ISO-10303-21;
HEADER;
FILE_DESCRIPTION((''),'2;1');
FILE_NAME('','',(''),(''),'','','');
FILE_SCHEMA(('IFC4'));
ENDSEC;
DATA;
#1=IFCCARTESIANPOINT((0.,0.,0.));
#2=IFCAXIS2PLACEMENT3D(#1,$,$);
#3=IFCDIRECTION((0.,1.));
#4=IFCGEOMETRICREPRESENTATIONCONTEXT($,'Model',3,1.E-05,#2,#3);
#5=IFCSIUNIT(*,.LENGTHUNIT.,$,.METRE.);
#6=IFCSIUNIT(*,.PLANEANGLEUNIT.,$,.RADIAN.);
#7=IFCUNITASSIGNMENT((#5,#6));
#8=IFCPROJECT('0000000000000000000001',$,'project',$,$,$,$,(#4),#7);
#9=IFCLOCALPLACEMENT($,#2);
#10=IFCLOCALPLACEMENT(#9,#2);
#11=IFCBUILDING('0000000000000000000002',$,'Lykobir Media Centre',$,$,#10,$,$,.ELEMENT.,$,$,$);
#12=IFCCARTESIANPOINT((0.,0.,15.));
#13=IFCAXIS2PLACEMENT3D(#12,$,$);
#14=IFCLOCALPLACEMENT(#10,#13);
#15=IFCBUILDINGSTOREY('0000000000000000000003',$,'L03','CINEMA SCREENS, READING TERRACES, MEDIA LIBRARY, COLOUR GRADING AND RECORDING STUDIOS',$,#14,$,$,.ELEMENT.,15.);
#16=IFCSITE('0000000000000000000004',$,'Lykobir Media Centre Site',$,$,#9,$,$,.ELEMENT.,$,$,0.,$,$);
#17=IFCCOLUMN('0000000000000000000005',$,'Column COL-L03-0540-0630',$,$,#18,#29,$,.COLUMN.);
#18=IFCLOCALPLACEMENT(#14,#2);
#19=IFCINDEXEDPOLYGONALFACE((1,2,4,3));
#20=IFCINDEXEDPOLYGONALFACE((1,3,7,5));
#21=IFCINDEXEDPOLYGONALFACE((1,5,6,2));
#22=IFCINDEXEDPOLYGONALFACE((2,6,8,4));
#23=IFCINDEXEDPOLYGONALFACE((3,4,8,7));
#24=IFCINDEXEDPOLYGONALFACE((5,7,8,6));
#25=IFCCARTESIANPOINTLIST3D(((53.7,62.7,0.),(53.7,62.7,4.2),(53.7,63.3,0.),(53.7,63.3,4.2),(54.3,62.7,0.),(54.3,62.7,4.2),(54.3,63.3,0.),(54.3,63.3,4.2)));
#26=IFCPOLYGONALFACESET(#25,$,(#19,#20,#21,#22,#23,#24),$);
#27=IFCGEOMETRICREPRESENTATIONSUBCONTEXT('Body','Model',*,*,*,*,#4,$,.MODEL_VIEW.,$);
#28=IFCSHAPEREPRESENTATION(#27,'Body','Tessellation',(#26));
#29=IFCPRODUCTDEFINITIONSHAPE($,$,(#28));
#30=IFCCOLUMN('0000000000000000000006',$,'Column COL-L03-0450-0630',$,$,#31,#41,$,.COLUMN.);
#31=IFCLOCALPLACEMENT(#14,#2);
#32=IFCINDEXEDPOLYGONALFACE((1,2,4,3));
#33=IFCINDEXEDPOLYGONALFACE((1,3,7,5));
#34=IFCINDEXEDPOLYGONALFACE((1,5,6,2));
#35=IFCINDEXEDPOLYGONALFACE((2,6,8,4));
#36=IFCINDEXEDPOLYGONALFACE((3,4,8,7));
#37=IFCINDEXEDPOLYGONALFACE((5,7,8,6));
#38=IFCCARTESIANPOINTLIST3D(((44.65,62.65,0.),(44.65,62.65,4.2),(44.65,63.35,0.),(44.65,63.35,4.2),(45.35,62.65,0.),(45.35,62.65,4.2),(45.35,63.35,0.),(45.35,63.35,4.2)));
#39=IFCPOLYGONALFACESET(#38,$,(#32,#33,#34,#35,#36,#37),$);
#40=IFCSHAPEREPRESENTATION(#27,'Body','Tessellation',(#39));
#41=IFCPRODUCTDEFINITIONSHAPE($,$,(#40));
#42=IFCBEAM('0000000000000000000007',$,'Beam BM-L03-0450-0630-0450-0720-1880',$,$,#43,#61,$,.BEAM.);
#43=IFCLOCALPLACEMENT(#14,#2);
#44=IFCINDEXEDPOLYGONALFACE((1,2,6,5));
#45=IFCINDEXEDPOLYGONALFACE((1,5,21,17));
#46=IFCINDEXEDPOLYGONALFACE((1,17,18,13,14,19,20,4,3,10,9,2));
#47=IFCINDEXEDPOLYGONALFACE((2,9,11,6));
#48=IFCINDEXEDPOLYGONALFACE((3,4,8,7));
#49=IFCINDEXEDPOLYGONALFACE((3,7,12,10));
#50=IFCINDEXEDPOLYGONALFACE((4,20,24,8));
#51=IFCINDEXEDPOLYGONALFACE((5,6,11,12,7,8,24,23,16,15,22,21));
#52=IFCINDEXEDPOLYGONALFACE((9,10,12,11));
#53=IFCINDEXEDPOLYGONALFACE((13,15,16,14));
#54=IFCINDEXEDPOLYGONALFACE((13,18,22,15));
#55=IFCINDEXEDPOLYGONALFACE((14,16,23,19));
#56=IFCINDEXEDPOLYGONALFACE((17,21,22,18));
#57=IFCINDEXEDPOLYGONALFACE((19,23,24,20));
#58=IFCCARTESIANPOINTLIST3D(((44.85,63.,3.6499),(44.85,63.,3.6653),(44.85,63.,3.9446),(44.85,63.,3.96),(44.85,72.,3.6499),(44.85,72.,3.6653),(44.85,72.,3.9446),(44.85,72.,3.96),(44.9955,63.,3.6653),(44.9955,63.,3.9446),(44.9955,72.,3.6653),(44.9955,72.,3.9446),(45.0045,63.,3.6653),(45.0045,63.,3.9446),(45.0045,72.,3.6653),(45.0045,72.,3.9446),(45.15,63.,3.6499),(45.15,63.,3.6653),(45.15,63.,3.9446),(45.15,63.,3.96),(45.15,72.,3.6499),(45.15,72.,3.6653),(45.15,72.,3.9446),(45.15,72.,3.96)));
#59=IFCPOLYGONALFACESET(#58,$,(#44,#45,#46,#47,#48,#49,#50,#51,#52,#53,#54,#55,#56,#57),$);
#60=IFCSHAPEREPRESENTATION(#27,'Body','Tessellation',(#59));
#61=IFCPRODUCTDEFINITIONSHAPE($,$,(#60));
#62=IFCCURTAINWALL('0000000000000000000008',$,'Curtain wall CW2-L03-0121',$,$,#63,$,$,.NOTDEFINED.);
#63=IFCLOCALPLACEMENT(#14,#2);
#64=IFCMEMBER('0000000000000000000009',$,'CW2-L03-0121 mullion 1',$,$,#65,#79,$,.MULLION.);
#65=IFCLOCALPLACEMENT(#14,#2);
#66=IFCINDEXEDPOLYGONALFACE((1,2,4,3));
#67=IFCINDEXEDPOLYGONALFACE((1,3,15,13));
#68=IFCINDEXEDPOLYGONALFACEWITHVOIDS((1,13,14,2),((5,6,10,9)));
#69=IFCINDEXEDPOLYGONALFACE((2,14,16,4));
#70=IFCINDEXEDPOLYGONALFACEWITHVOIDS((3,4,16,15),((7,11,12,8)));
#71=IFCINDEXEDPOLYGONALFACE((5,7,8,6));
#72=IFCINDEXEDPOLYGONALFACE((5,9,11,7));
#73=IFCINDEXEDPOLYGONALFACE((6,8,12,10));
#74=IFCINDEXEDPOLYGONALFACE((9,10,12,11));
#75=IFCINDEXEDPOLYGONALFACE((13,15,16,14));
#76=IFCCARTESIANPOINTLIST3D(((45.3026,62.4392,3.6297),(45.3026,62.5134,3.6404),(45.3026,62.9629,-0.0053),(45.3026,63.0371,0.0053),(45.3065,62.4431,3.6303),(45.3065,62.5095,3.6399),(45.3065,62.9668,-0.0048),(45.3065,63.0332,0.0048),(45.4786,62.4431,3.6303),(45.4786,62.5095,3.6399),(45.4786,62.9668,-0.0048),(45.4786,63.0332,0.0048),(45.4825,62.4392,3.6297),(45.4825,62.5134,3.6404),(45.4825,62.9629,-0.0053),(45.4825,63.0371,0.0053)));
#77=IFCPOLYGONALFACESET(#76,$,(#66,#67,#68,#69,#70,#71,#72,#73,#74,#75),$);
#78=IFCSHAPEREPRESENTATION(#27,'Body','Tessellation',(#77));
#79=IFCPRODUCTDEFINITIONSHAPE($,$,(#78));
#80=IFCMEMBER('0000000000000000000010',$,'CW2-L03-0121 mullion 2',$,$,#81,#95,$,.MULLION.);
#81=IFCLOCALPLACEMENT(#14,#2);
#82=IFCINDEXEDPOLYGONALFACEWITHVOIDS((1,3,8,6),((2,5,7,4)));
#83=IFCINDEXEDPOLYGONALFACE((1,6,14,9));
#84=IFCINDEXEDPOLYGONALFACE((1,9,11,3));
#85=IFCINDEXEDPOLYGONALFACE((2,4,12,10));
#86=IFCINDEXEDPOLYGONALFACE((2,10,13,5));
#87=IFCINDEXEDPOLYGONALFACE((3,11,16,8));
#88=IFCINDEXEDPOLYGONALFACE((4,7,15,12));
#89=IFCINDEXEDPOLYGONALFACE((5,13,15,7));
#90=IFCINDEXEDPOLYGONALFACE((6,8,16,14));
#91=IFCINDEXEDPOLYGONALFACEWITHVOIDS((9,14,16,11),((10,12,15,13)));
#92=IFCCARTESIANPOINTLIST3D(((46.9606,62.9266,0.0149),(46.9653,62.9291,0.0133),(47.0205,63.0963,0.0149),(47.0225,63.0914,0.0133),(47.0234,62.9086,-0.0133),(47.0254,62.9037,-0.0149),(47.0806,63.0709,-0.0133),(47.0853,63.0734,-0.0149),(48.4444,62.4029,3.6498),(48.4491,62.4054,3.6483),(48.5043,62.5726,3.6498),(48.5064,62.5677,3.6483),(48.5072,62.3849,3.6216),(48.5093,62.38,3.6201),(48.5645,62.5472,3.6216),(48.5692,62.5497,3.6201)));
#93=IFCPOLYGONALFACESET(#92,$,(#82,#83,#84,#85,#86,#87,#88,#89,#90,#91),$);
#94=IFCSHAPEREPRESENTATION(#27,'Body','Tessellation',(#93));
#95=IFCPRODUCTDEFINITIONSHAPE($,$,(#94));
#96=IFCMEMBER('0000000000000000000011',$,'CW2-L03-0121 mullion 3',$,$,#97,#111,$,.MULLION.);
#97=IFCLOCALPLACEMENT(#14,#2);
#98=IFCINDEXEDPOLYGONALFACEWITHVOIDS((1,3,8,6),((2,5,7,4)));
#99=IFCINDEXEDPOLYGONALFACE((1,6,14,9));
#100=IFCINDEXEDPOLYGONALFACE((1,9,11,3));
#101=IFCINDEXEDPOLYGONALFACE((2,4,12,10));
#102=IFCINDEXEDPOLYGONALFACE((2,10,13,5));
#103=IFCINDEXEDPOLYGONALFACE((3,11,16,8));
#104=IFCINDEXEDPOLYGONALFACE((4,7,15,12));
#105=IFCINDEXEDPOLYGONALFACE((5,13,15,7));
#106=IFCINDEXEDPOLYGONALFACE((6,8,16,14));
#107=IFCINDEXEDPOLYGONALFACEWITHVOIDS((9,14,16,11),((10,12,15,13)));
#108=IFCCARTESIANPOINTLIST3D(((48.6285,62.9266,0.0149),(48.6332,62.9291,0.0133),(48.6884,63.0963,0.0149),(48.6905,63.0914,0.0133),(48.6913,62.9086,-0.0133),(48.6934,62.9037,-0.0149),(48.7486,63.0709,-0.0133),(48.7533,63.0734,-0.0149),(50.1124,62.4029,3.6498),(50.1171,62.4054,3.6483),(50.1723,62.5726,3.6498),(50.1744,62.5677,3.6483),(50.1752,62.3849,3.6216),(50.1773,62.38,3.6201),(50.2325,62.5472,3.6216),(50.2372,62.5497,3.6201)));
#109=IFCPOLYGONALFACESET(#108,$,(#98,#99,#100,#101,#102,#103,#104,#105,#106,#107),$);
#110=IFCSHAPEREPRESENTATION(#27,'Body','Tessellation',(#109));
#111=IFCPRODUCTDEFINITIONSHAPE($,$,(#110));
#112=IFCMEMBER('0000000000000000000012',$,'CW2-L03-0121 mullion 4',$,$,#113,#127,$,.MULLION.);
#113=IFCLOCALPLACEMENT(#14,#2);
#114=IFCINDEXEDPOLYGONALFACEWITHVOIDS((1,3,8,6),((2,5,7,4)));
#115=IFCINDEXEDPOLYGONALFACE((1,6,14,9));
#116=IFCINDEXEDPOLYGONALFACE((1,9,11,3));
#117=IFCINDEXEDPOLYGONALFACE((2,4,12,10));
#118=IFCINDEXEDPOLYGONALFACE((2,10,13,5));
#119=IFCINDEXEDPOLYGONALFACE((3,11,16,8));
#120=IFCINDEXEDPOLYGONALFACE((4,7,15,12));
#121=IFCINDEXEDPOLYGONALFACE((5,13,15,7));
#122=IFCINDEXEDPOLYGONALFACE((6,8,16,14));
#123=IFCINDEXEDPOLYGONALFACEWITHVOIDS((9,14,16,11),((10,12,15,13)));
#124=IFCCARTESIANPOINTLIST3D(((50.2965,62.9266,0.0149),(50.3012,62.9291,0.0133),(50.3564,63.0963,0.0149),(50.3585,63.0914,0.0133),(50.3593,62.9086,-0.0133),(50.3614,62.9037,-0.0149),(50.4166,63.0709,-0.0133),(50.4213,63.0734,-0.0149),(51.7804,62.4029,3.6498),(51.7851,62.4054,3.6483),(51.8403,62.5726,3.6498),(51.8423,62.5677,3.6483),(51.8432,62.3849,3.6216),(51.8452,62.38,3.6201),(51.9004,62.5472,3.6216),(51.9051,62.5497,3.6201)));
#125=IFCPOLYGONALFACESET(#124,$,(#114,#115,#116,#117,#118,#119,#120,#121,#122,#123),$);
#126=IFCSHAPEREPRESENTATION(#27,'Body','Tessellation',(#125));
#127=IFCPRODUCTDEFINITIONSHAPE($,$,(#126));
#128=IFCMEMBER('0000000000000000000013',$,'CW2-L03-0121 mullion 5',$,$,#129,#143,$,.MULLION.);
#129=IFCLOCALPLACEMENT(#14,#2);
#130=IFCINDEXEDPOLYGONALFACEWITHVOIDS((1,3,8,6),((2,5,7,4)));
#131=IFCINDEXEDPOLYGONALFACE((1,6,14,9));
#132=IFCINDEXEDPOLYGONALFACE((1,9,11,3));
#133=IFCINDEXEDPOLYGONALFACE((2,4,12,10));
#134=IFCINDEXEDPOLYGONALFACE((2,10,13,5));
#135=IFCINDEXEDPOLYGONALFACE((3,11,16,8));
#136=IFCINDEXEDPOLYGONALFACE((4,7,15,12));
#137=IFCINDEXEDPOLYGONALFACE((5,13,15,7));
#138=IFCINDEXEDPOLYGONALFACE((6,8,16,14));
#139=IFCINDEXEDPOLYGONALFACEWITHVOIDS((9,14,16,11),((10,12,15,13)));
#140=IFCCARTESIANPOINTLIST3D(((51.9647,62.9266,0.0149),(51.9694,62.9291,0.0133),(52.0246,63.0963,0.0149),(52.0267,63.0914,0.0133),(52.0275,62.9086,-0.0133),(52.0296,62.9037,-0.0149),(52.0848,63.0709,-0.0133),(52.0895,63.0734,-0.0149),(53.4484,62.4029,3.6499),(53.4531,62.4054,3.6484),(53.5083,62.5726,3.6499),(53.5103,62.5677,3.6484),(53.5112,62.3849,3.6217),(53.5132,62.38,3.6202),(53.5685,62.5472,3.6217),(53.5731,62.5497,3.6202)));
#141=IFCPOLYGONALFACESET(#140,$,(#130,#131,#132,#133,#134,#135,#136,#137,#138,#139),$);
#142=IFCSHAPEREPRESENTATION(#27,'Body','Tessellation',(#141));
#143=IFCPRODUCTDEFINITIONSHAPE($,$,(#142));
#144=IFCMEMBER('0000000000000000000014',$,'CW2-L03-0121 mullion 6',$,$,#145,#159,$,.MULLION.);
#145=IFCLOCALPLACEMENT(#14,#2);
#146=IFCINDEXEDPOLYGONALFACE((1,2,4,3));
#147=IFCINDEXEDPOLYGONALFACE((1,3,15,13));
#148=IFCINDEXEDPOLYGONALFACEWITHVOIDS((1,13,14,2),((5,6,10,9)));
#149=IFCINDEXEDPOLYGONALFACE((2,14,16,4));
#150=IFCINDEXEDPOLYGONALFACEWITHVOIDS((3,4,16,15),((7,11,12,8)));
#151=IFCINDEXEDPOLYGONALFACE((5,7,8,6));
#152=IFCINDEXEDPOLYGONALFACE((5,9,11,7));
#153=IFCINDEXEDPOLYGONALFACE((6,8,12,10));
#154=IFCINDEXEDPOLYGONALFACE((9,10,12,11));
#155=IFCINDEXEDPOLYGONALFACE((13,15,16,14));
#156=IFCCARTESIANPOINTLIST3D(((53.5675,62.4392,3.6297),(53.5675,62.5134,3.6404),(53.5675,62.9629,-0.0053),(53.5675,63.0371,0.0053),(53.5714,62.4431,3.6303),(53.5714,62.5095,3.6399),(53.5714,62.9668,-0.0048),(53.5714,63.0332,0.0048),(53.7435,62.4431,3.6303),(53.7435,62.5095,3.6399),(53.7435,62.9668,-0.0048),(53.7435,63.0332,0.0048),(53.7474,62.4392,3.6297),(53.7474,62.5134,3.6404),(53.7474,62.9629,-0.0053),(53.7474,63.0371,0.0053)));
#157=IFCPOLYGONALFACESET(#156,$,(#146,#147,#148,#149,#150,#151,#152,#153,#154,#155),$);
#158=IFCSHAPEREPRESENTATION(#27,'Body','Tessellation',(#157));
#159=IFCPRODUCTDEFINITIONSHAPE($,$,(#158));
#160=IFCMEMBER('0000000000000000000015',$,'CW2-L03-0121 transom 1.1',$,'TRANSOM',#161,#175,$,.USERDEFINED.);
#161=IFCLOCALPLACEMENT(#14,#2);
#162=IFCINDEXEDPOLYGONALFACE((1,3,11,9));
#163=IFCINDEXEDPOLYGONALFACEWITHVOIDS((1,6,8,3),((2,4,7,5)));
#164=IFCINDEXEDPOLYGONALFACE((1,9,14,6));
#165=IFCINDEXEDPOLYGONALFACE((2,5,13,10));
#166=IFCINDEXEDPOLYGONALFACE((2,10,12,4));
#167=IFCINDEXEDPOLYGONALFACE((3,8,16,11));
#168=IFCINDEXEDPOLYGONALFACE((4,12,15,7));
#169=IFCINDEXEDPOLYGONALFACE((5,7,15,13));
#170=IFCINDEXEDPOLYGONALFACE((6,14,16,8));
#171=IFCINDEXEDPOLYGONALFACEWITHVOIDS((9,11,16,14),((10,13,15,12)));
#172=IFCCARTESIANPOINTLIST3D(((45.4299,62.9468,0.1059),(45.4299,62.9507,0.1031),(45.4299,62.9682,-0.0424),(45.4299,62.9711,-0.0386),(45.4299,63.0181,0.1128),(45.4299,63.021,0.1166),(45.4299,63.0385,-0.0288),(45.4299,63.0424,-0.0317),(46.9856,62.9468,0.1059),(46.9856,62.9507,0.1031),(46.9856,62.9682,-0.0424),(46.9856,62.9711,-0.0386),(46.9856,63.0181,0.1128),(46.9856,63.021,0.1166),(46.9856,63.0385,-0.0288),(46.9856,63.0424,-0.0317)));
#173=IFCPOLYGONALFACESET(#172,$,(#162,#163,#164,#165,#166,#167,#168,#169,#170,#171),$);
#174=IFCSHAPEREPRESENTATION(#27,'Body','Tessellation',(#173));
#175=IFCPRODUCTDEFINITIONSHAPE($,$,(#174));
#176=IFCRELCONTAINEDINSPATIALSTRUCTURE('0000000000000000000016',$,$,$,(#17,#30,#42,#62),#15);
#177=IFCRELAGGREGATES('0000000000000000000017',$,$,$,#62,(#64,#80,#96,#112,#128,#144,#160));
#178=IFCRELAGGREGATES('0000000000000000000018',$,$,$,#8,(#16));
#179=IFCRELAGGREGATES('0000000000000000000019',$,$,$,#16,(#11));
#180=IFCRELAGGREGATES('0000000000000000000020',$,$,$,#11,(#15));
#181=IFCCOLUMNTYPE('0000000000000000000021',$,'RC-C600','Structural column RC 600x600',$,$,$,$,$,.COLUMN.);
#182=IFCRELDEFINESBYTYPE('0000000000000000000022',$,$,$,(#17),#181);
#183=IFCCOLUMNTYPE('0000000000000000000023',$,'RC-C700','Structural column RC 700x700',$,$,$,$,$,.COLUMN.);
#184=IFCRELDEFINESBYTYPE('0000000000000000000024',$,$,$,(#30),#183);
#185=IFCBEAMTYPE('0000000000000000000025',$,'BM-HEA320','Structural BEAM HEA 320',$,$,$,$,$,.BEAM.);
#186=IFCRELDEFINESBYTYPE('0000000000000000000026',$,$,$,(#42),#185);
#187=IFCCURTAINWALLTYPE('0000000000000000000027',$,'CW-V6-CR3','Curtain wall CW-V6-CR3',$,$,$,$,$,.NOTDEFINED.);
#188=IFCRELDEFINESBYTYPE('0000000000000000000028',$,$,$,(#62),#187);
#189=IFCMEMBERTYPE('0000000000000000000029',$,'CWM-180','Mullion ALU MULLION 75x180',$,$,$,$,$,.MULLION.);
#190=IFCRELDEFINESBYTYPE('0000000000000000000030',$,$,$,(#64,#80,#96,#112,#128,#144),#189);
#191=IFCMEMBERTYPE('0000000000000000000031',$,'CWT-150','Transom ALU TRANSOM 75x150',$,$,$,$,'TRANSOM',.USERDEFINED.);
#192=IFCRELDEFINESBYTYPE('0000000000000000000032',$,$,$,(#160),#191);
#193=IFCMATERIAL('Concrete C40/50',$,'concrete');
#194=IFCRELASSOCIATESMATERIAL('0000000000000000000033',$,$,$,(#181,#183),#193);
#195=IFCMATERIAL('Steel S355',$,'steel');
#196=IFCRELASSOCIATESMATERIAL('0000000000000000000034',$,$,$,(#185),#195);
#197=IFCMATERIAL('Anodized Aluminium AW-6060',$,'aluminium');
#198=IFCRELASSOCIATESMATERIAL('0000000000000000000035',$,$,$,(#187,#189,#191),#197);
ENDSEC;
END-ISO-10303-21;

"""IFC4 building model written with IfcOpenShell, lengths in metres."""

from ifc_helpers import new_model, si_unit, direction, frame, origin, origin_2d, place, context, subcontext, project, spatial, rectangle, hollow_rectangle, i_section, extrude, material, material_profile, profile_set, type_object, element, aggregate, save


model = new_model("IFC4")

# Units and contexts
model_context = context("Model", 3, precision=1e-05, world=origin(), true_north=direction((0.0, 1.0)))
body_context = subcontext(model_context, "Body", "Model", "MODEL_VIEW")
ifc_project = project(units=[si_unit("LENGTHUNIT", "METRE"), si_unit("PLANEANGLEUNIT", "RADIAN")], contexts=[model_context])

# Site, building, storey
site_placement = place(None, origin())
site = spatial("IfcSite", under=ifc_project, at=site_placement, Name="Lykobir Media Centre Site", CompositionType="ELEMENT", RefElevation=0.0)
building_placement = place(site_placement, origin())
building = spatial("IfcBuilding", under=site, at=building_placement, Name="Lykobir Media Centre", CompositionType="ELEMENT")
storey_placement = place(building_placement, frame((0.0, 0.0, 15.0)))
storey = spatial("IfcBuildingStorey", under=building, at=storey_placement, Name="L03", Description="CINEMA SCREENS, READING TERRACES, MEDIA LIBRARY, COLOUR GRADING AND RECORDING STUDIOS", CompositionType="ELEMENT", Elevation=15.0)

# Columns
ifc_material_1 = material(Name="Concrete C40/50", Category="concrete")
ifc_material_profile_1 = material_profile(ifc_material_1, rectangle(XDim=0.6001, YDim=0.6001, at=origin_2d()), Name="RC 600x600")
ifc_profile_set_1 = profile_set([ifc_material_profile_1], Name="Concrete C40/50")
column_type_1 = type_object("IfcColumnType", Name="RC-C600", Description="Structural column RC 600x600", PredefinedType="COLUMN", material=ifc_profile_set_1)
column_1_placement = place(storey_placement, frame((54.0, 63.0, 0.0), z_axis=(0.0, 0.0, 1.0), x_axis=(1.0, 0.0, 0.0)))
element("IfcColumn", 1, at=column_1_placement, inside=storey, type_object=column_type_1, Name="Column COL-L03-0540-0630", PredefinedType="COLUMN", context=body_context, shape_type="SweptSolid", body=[
    extrude(rectangle(XDim=0.6001, YDim=0.6001, at=origin_2d()), origin(), (0.0, 0.0, 1.0), 4.2),
])
ifc_material_profile_2 = material_profile(ifc_material_1, rectangle(XDim=0.7, YDim=0.7, at=origin_2d()), Name="RC 700x700")
ifc_profile_set_2 = profile_set([ifc_material_profile_2], Name="Concrete C40/50")
column_type_2 = type_object("IfcColumnType", Name="RC-C700", Description="Structural column RC 700x700", PredefinedType="COLUMN", material=ifc_profile_set_2)
column_2_placement = place(storey_placement, frame((45.0, 63.0, 0.0), z_axis=(0.0, 0.0, 1.0), x_axis=(1.0, 0.0, 0.0)))
element("IfcColumn", 2, at=column_2_placement, inside=storey, type_object=column_type_2, Name="Column COL-L03-0450-0630", PredefinedType="COLUMN", context=body_context, shape_type="SweptSolid", body=[
    extrude(rectangle(XDim=0.7, YDim=0.7, at=origin_2d()), origin(), (0.0, 0.0, 1.0), 4.2),
])

# Beam
ifc_material_2 = material(Name="Steel S355", Category="steel")
ifc_material_profile_3 = material_profile(ifc_material_2, i_section(OverallWidth=0.3, OverallDepth=0.3101, WebThickness=0.009, FlangeThickness=0.0154, at=origin_2d()), Name="HEA 320")
ifc_profile_set_3 = profile_set([ifc_material_profile_3], Name="Steel S355")
beam_type_1 = type_object("IfcBeamType", Name="BM-HEA320", Description="Structural BEAM HEA 320", PredefinedType="BEAM", material=ifc_profile_set_3)
beam_1_placement = place(storey_placement, frame((45.0, 63.0, 3.8049), z_axis=(0.0, 1.0, 0.0), x_axis=(-1.0, 0.0, 0.0)))
element("IfcBeam", 3, at=beam_1_placement, inside=storey, type_object=beam_type_1, Name="Beam BM-L03-0450-0630-0450-0720-1880", PredefinedType="BEAM", context=body_context, shape_type="SweptSolid", body=[
    extrude(i_section(OverallWidth=0.3, OverallDepth=0.3101, WebThickness=0.009, FlangeThickness=0.0154, at=origin_2d()), origin(), (0.0, 0.0, 1.0), 9.0),
])

# Curtain wall, members
ifc_material_3 = material(Name="Anodized Aluminium AW-6060", Category="aluminium")
curtain_wall_type = type_object("IfcCurtainWallType", Name="CW-V6-CR3", Description="Curtain wall CW-V6-CR3", PredefinedType="NOTDEFINED", material=ifc_material_3)
curtain_wall_placement = place(storey_placement, origin())
curtain_wall = element("IfcCurtainWall", 4, at=curtain_wall_placement, inside=storey, type_object=curtain_wall_type, Name="Curtain wall CW2-L03-0121", PredefinedType="NOTDEFINED")
ifc_material_profile_4 = material_profile(ifc_material_3, hollow_rectangle(XDim=0.075, YDim=0.1799, WallThickness=0.0039, at=origin_2d()), Name="ALU MULLION 75x180")
ifc_profile_set_4 = profile_set([ifc_material_profile_4], Name="Anodized Aluminium AW-6060")
member_type_1 = type_object("IfcMemberType", Name="CWM-180", Description="Mullion ALU MULLION 75x180", PredefinedType="MULLION", material=ifc_profile_set_4)
member_1_placement = place(storey_placement, frame((45.3926, 63.0, 0.0), z_axis=(0.0, -0.142594, 0.989781), x_axis=(0.0, 0.989781, 0.142594)))
member_1 = element("IfcMember", 5, at=member_1_placement, type_object=member_type_1, Name="CW2-L03-0121 mullion 1", PredefinedType="MULLION", context=body_context, shape_type="SweptSolid", body=[
    extrude(hollow_rectangle(XDim=0.075, YDim=0.1799, WallThickness=0.0039, at=origin_2d()), origin(), (0.0, 0.0, 1.0), 3.6726),
])
member_2_placement = place(storey_placement, frame((47.0229, 63.0, 0.0), z_axis=(0.374625, -0.13221, 0.917702), x_axis=(-0.865392, 0.305407, 0.39727)))
member_2 = element("IfcMember", 6, at=member_2_placement, type_object=member_type_1, Name="CW2-L03-0121 mullion 2", PredefinedType="MULLION", context=body_context, shape_type="SweptSolid", body=[
    extrude(hollow_rectangle(XDim=0.075, YDim=0.1799, WallThickness=0.0039, at=origin_2d()), origin(), (0.0, 0.0, 1.0), 3.9609),
])
member_3_placement = place(storey_placement, frame((48.6909, 63.0, 0.0), z_axis=(0.374625, -0.13221, 0.917702), x_axis=(-0.865392, 0.305407, 0.39727)))
member_3 = element("IfcMember", 7, at=member_3_placement, type_object=member_type_1, Name="CW2-L03-0121 mullion 3", PredefinedType="MULLION", context=body_context, shape_type="SweptSolid", body=[
    extrude(hollow_rectangle(XDim=0.075, YDim=0.1799, WallThickness=0.0039, at=origin_2d()), origin(), (0.0, 0.0, 1.0), 3.9609),
])
member_4_placement = place(storey_placement, frame((50.3589, 63.0, 0.0), z_axis=(0.374625, -0.13221, 0.917702), x_axis=(-0.865392, 0.305407, 0.39727)))
member_4 = element("IfcMember", 8, at=member_4_placement, type_object=member_type_1, Name="CW2-L03-0121 mullion 4", PredefinedType="MULLION", context=body_context, shape_type="SweptSolid", body=[
    extrude(hollow_rectangle(XDim=0.075, YDim=0.1799, WallThickness=0.0039, at=origin_2d()), origin(), (0.0, 0.0, 1.0), 3.9609),
])
member_5_placement = place(storey_placement, frame((52.0271, 63.0, 0.0), z_axis=(0.374572, -0.132213, 0.917723), x_axis=(-0.865396, 0.305459, 0.397221)))
member_5 = element("IfcMember", 9, at=member_5_placement, type_object=member_type_1, Name="CW2-L03-0121 mullion 5", PredefinedType="MULLION", context=body_context, shape_type="SweptSolid", body=[
    extrude(hollow_rectangle(XDim=0.075, YDim=0.1799, WallThickness=0.0039, at=origin_2d()), origin(), (0.0, 0.0, 1.0), 3.9609),
])
member_6_placement = place(storey_placement, frame((53.6575, 63.0, 0.0), z_axis=(0.0, -0.142594, 0.989781), x_axis=(0.0, 0.989781, 0.142594)))
member_6 = element("IfcMember", 10, at=member_6_placement, type_object=member_type_1, Name="CW2-L03-0121 mullion 6", PredefinedType="MULLION", context=body_context, shape_type="SweptSolid", body=[
    extrude(hollow_rectangle(XDim=0.075, YDim=0.1799, WallThickness=0.0039, at=origin_2d()), origin(), (0.0, 0.0, 1.0), 3.6726),
])
ifc_material_profile_5 = material_profile(ifc_material_3, hollow_rectangle(XDim=0.075, YDim=0.1499, WallThickness=0.0034, at=origin_2d()), Name="ALU TRANSOM 75x150")
ifc_profile_set_5 = profile_set([ifc_material_profile_5], Name="Anodized Aluminium AW-6060")
member_type_2 = type_object("IfcMemberType", Name="CWT-150", Description="Transom ALU TRANSOM 75x150", ElementType="TRANSOM", PredefinedType="USERDEFINED", material=ifc_profile_set_5)
member_7_placement = place(storey_placement, frame((45.4299, 62.9946, 0.0371), z_axis=(1.0, 0.0, 0.0), x_axis=(0.0, 0.989776, 0.142629)))
member_7 = element("IfcMember", 11, at=member_7_placement, type_object=member_type_2, Name="CW2-L03-0121 transom 1.1", ObjectType="TRANSOM", PredefinedType="USERDEFINED", context=body_context, shape_type="SweptSolid", body=[
    extrude(hollow_rectangle(XDim=0.075, YDim=0.1499, WallThickness=0.0034, at=origin_2d()), origin(), (0.0, 0.0, 1.0), 1.5557),
])

aggregate(curtain_wall, [member_1, member_2, member_3, member_4, member_5, member_6, member_7])

save(model, "model.ifc")
